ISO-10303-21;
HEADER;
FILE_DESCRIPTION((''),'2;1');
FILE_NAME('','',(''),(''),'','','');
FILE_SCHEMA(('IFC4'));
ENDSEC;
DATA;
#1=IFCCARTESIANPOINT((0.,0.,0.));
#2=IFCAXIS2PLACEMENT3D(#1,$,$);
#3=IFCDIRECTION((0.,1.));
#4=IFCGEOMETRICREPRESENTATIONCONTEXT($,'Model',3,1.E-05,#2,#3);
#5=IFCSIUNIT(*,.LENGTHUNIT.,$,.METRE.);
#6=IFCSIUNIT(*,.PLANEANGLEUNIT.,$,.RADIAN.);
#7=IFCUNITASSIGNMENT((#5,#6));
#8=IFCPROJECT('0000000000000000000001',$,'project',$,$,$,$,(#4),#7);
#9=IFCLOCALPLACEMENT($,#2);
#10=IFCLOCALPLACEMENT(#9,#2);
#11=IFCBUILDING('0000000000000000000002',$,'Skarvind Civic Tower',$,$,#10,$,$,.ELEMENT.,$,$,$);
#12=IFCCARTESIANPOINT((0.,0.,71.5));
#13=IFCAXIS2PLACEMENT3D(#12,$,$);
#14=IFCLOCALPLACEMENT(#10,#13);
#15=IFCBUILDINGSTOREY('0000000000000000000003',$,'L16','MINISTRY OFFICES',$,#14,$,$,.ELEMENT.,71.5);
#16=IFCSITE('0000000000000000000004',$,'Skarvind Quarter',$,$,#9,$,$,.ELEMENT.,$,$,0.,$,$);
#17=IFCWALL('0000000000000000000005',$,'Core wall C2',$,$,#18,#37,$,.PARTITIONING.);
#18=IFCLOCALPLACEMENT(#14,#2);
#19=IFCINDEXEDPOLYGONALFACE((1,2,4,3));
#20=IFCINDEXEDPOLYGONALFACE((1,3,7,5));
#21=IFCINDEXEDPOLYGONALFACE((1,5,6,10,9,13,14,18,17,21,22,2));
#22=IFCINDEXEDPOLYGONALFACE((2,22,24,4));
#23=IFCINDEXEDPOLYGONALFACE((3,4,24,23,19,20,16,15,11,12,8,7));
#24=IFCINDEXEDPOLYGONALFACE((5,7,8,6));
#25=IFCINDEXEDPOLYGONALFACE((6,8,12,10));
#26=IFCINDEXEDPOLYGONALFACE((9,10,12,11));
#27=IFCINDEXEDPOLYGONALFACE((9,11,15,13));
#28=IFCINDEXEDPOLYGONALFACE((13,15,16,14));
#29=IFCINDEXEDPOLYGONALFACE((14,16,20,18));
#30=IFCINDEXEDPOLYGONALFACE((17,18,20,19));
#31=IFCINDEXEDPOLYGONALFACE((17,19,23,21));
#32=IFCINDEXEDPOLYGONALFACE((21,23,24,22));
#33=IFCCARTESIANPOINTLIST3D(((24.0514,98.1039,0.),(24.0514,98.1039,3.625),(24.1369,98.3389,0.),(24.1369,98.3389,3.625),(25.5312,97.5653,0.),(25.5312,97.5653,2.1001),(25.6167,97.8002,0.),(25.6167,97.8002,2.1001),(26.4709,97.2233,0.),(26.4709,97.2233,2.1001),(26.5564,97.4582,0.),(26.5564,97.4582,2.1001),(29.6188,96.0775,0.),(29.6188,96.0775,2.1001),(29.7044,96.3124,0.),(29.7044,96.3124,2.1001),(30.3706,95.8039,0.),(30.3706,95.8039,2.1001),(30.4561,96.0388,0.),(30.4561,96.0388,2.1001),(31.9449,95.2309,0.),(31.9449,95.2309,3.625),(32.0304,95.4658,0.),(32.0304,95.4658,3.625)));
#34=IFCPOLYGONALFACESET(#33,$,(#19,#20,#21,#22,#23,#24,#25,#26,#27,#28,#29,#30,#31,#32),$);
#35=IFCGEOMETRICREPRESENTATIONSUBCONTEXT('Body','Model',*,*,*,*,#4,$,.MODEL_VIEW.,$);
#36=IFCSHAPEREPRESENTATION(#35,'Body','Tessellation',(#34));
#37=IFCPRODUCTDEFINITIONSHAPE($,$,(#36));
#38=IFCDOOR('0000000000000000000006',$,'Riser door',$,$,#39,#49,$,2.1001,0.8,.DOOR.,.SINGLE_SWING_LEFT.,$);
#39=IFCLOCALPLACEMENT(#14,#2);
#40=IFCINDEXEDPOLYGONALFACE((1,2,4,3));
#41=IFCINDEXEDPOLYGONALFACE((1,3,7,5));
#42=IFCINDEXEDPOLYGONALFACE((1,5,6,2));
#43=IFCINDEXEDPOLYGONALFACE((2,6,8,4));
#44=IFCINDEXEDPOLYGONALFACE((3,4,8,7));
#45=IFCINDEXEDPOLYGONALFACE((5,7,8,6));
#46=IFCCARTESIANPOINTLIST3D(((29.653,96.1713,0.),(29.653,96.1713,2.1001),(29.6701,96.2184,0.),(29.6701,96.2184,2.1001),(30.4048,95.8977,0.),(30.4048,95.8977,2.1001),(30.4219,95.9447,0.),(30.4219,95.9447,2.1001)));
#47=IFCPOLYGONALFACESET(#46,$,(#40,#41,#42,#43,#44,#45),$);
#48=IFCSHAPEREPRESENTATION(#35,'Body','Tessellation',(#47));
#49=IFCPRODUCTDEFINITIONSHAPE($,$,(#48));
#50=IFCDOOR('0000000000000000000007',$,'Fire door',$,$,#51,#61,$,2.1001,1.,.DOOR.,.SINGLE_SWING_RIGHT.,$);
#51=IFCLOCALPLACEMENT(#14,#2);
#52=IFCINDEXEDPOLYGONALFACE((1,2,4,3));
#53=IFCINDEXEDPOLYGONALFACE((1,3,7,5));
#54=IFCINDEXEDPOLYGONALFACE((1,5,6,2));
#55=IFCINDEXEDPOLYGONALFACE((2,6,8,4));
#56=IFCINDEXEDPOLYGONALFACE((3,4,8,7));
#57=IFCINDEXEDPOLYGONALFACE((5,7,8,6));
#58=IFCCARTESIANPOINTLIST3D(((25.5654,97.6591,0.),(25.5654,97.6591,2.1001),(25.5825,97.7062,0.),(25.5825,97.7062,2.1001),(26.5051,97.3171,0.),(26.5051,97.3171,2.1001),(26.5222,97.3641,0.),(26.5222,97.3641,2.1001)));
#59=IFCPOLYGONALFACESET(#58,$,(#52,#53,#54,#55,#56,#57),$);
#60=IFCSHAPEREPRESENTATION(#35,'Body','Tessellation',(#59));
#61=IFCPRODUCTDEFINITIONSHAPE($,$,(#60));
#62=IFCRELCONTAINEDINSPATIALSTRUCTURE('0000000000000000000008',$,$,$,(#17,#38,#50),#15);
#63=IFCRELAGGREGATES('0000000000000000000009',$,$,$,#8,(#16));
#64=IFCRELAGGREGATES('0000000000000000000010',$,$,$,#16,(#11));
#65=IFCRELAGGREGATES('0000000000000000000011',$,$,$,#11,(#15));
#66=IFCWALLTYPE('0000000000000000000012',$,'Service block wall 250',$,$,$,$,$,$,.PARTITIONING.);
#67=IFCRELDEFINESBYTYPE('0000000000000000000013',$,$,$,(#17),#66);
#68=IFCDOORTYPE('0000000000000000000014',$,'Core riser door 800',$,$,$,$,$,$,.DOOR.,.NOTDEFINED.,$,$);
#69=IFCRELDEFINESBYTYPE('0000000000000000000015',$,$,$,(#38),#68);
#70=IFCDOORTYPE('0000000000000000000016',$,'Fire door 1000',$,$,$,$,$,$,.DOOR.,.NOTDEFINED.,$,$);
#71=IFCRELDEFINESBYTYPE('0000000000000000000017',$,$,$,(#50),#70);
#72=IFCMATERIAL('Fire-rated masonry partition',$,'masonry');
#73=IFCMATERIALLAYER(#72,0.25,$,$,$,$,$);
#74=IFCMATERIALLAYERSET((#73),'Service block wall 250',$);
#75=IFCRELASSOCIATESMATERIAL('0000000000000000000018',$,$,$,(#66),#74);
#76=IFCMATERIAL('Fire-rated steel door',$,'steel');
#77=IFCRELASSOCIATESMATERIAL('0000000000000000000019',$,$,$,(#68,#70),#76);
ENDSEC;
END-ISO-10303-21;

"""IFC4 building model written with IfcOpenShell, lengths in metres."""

from ifc_helpers import new_model, si_unit, direction, frame, frame_2d, origin, place, context, subcontext, project, spatial, rectangle, extrude, material, layer, layer_set, type_object, element, fill, save


model = new_model("IFC4")

# Units and contexts
model_context = context("Model", 3, precision=1e-05, world=origin(), true_north=direction((0.0, 1.0)))
body_context = subcontext(model_context, "Body", "Model", "MODEL_VIEW")
ifc_project = project(units=[si_unit("LENGTHUNIT", "METRE"), si_unit("PLANEANGLEUNIT", "RADIAN")], contexts=[model_context])

# Site, building, storey
site_placement = place(None, origin())
site = spatial("IfcSite", under=ifc_project, at=site_placement, Name="Skarvind Quarter", CompositionType="ELEMENT", RefElevation=0.0)
building_placement = place(site_placement, origin())
building = spatial("IfcBuilding", under=site, at=building_placement, Name="Skarvind Civic Tower", CompositionType="ELEMENT")
storey_placement = place(building_placement, frame((0.0, 0.0, 71.5)))
storey = spatial("IfcBuildingStorey", under=building, at=storey_placement, Name="L16", Description="MINISTRY OFFICES", CompositionType="ELEMENT", Elevation=71.5)

# Shared definitions
ifc_material_1 = material(Name="Fire-rated masonry partition", Category="masonry")
ifc_material_2 = material(Name="Fire-rated steel door", Category="steel")

# Wall, openings, doors
ifc_layer_1 = layer(ifc_material_1, 0.25)
ifc_layer_set_1 = layer_set([ifc_layer_1], Name="Service block wall 250")
wall_type_1 = type_object("IfcWallType", Name="Service block wall 250", PredefinedType="PARTITIONING", material=ifc_layer_set_1)
wall_1_placement = place(storey_placement, frame((24.094, 98.2214, 0.0), z_axis=(0.0, 0.0, 1.0), x_axis=(0.939692, -0.342023, 0.0)))
wall_1 = element("IfcWall", 1, at=wall_1_placement, inside=storey, type_object=wall_type_1, Name="Core wall C2", PredefinedType="PARTITIONING", context=body_context, shape_type="SweptSolid", body=[
    extrude(rectangle(XDim=8.4001, YDim=0.25, at=frame_2d((4.2002, 0.0))), origin(), (0.0, 0.0, 1.0), 3.625),
])
opening_1_placement = place(wall_1_placement, frame((5.925, 0.0, 0.0)))
opening_1 = element("IfcOpeningElement", 2, at=opening_1_placement, cuts=wall_1, PredefinedType="OPENING", context=body_context, shape_type="SweptSolid", body=[
    extrude(rectangle(XDim=0.8, YDim=2.1001, at=frame_2d((0.3999, 1.05))), frame((0.0, 0.135, 0.0), z_axis=(0.0, -1.0, 0.0), x_axis=(1.0, 0.0, 0.0)), (0.0, 0.0, 1.0), 0.27),
])
opening_2_placement = place(wall_1_placement, frame((1.575, 0.0, 0.0)))
opening_2 = element("IfcOpeningElement", 3, at=opening_2_placement, cuts=wall_1, PredefinedType="OPENING", context=body_context, shape_type="SweptSolid", body=[
    extrude(rectangle(XDim=1.0, YDim=2.1001, at=frame_2d((0.5, 1.05))), frame((0.0, 0.135, 0.0), z_axis=(0.0, -1.0, 0.0), x_axis=(1.0, 0.0, 0.0)), (0.0, 0.0, 1.0), 0.27),
])
door_type_1 = type_object("IfcDoorType", Name="Core riser door 800", OperationType="NOTDEFINED", PredefinedType="DOOR", material=ifc_material_2)
door_1_placement = place(opening_1_placement, origin())
door_1 = element("IfcDoor", 4, at=door_1_placement, inside=storey, type_object=door_type_1, Name="Riser door", OperationType="SINGLE_SWING_LEFT", OverallHeight=2.1001, OverallWidth=0.8, PredefinedType="DOOR", context=body_context, shape_type="SweptSolid", body=[
    extrude(rectangle(XDim=0.8, YDim=2.1001, at=frame_2d((0.3999, 1.05))), frame((0.0, 0.0249, 0.0), z_axis=(0.0, -1.0, 0.0), x_axis=(1.0, 0.0, 0.0)), (0.0, 0.0, 1.0), 0.05),
])
fill(opening_1, door_1)
door_type_2 = type_object("IfcDoorType", Name="Fire door 1000", OperationType="NOTDEFINED", PredefinedType="DOOR", material=ifc_material_2)
door_2_placement = place(opening_2_placement, origin())
door_2 = element("IfcDoor", 5, at=door_2_placement, inside=storey, type_object=door_type_2, Name="Fire door", OperationType="SINGLE_SWING_RIGHT", OverallHeight=2.1001, OverallWidth=1.0, PredefinedType="DOOR", context=body_context, shape_type="SweptSolid", body=[
    extrude(rectangle(XDim=1.0, YDim=2.1001, at=frame_2d((0.5, 1.05))), frame((0.0, 0.0249, 0.0), z_axis=(0.0, -1.0, 0.0), x_axis=(1.0, 0.0, 0.0)), (0.0, 0.0, 1.0), 0.05),
])
fill(opening_2, door_2)

save(model, "model.ifc")
